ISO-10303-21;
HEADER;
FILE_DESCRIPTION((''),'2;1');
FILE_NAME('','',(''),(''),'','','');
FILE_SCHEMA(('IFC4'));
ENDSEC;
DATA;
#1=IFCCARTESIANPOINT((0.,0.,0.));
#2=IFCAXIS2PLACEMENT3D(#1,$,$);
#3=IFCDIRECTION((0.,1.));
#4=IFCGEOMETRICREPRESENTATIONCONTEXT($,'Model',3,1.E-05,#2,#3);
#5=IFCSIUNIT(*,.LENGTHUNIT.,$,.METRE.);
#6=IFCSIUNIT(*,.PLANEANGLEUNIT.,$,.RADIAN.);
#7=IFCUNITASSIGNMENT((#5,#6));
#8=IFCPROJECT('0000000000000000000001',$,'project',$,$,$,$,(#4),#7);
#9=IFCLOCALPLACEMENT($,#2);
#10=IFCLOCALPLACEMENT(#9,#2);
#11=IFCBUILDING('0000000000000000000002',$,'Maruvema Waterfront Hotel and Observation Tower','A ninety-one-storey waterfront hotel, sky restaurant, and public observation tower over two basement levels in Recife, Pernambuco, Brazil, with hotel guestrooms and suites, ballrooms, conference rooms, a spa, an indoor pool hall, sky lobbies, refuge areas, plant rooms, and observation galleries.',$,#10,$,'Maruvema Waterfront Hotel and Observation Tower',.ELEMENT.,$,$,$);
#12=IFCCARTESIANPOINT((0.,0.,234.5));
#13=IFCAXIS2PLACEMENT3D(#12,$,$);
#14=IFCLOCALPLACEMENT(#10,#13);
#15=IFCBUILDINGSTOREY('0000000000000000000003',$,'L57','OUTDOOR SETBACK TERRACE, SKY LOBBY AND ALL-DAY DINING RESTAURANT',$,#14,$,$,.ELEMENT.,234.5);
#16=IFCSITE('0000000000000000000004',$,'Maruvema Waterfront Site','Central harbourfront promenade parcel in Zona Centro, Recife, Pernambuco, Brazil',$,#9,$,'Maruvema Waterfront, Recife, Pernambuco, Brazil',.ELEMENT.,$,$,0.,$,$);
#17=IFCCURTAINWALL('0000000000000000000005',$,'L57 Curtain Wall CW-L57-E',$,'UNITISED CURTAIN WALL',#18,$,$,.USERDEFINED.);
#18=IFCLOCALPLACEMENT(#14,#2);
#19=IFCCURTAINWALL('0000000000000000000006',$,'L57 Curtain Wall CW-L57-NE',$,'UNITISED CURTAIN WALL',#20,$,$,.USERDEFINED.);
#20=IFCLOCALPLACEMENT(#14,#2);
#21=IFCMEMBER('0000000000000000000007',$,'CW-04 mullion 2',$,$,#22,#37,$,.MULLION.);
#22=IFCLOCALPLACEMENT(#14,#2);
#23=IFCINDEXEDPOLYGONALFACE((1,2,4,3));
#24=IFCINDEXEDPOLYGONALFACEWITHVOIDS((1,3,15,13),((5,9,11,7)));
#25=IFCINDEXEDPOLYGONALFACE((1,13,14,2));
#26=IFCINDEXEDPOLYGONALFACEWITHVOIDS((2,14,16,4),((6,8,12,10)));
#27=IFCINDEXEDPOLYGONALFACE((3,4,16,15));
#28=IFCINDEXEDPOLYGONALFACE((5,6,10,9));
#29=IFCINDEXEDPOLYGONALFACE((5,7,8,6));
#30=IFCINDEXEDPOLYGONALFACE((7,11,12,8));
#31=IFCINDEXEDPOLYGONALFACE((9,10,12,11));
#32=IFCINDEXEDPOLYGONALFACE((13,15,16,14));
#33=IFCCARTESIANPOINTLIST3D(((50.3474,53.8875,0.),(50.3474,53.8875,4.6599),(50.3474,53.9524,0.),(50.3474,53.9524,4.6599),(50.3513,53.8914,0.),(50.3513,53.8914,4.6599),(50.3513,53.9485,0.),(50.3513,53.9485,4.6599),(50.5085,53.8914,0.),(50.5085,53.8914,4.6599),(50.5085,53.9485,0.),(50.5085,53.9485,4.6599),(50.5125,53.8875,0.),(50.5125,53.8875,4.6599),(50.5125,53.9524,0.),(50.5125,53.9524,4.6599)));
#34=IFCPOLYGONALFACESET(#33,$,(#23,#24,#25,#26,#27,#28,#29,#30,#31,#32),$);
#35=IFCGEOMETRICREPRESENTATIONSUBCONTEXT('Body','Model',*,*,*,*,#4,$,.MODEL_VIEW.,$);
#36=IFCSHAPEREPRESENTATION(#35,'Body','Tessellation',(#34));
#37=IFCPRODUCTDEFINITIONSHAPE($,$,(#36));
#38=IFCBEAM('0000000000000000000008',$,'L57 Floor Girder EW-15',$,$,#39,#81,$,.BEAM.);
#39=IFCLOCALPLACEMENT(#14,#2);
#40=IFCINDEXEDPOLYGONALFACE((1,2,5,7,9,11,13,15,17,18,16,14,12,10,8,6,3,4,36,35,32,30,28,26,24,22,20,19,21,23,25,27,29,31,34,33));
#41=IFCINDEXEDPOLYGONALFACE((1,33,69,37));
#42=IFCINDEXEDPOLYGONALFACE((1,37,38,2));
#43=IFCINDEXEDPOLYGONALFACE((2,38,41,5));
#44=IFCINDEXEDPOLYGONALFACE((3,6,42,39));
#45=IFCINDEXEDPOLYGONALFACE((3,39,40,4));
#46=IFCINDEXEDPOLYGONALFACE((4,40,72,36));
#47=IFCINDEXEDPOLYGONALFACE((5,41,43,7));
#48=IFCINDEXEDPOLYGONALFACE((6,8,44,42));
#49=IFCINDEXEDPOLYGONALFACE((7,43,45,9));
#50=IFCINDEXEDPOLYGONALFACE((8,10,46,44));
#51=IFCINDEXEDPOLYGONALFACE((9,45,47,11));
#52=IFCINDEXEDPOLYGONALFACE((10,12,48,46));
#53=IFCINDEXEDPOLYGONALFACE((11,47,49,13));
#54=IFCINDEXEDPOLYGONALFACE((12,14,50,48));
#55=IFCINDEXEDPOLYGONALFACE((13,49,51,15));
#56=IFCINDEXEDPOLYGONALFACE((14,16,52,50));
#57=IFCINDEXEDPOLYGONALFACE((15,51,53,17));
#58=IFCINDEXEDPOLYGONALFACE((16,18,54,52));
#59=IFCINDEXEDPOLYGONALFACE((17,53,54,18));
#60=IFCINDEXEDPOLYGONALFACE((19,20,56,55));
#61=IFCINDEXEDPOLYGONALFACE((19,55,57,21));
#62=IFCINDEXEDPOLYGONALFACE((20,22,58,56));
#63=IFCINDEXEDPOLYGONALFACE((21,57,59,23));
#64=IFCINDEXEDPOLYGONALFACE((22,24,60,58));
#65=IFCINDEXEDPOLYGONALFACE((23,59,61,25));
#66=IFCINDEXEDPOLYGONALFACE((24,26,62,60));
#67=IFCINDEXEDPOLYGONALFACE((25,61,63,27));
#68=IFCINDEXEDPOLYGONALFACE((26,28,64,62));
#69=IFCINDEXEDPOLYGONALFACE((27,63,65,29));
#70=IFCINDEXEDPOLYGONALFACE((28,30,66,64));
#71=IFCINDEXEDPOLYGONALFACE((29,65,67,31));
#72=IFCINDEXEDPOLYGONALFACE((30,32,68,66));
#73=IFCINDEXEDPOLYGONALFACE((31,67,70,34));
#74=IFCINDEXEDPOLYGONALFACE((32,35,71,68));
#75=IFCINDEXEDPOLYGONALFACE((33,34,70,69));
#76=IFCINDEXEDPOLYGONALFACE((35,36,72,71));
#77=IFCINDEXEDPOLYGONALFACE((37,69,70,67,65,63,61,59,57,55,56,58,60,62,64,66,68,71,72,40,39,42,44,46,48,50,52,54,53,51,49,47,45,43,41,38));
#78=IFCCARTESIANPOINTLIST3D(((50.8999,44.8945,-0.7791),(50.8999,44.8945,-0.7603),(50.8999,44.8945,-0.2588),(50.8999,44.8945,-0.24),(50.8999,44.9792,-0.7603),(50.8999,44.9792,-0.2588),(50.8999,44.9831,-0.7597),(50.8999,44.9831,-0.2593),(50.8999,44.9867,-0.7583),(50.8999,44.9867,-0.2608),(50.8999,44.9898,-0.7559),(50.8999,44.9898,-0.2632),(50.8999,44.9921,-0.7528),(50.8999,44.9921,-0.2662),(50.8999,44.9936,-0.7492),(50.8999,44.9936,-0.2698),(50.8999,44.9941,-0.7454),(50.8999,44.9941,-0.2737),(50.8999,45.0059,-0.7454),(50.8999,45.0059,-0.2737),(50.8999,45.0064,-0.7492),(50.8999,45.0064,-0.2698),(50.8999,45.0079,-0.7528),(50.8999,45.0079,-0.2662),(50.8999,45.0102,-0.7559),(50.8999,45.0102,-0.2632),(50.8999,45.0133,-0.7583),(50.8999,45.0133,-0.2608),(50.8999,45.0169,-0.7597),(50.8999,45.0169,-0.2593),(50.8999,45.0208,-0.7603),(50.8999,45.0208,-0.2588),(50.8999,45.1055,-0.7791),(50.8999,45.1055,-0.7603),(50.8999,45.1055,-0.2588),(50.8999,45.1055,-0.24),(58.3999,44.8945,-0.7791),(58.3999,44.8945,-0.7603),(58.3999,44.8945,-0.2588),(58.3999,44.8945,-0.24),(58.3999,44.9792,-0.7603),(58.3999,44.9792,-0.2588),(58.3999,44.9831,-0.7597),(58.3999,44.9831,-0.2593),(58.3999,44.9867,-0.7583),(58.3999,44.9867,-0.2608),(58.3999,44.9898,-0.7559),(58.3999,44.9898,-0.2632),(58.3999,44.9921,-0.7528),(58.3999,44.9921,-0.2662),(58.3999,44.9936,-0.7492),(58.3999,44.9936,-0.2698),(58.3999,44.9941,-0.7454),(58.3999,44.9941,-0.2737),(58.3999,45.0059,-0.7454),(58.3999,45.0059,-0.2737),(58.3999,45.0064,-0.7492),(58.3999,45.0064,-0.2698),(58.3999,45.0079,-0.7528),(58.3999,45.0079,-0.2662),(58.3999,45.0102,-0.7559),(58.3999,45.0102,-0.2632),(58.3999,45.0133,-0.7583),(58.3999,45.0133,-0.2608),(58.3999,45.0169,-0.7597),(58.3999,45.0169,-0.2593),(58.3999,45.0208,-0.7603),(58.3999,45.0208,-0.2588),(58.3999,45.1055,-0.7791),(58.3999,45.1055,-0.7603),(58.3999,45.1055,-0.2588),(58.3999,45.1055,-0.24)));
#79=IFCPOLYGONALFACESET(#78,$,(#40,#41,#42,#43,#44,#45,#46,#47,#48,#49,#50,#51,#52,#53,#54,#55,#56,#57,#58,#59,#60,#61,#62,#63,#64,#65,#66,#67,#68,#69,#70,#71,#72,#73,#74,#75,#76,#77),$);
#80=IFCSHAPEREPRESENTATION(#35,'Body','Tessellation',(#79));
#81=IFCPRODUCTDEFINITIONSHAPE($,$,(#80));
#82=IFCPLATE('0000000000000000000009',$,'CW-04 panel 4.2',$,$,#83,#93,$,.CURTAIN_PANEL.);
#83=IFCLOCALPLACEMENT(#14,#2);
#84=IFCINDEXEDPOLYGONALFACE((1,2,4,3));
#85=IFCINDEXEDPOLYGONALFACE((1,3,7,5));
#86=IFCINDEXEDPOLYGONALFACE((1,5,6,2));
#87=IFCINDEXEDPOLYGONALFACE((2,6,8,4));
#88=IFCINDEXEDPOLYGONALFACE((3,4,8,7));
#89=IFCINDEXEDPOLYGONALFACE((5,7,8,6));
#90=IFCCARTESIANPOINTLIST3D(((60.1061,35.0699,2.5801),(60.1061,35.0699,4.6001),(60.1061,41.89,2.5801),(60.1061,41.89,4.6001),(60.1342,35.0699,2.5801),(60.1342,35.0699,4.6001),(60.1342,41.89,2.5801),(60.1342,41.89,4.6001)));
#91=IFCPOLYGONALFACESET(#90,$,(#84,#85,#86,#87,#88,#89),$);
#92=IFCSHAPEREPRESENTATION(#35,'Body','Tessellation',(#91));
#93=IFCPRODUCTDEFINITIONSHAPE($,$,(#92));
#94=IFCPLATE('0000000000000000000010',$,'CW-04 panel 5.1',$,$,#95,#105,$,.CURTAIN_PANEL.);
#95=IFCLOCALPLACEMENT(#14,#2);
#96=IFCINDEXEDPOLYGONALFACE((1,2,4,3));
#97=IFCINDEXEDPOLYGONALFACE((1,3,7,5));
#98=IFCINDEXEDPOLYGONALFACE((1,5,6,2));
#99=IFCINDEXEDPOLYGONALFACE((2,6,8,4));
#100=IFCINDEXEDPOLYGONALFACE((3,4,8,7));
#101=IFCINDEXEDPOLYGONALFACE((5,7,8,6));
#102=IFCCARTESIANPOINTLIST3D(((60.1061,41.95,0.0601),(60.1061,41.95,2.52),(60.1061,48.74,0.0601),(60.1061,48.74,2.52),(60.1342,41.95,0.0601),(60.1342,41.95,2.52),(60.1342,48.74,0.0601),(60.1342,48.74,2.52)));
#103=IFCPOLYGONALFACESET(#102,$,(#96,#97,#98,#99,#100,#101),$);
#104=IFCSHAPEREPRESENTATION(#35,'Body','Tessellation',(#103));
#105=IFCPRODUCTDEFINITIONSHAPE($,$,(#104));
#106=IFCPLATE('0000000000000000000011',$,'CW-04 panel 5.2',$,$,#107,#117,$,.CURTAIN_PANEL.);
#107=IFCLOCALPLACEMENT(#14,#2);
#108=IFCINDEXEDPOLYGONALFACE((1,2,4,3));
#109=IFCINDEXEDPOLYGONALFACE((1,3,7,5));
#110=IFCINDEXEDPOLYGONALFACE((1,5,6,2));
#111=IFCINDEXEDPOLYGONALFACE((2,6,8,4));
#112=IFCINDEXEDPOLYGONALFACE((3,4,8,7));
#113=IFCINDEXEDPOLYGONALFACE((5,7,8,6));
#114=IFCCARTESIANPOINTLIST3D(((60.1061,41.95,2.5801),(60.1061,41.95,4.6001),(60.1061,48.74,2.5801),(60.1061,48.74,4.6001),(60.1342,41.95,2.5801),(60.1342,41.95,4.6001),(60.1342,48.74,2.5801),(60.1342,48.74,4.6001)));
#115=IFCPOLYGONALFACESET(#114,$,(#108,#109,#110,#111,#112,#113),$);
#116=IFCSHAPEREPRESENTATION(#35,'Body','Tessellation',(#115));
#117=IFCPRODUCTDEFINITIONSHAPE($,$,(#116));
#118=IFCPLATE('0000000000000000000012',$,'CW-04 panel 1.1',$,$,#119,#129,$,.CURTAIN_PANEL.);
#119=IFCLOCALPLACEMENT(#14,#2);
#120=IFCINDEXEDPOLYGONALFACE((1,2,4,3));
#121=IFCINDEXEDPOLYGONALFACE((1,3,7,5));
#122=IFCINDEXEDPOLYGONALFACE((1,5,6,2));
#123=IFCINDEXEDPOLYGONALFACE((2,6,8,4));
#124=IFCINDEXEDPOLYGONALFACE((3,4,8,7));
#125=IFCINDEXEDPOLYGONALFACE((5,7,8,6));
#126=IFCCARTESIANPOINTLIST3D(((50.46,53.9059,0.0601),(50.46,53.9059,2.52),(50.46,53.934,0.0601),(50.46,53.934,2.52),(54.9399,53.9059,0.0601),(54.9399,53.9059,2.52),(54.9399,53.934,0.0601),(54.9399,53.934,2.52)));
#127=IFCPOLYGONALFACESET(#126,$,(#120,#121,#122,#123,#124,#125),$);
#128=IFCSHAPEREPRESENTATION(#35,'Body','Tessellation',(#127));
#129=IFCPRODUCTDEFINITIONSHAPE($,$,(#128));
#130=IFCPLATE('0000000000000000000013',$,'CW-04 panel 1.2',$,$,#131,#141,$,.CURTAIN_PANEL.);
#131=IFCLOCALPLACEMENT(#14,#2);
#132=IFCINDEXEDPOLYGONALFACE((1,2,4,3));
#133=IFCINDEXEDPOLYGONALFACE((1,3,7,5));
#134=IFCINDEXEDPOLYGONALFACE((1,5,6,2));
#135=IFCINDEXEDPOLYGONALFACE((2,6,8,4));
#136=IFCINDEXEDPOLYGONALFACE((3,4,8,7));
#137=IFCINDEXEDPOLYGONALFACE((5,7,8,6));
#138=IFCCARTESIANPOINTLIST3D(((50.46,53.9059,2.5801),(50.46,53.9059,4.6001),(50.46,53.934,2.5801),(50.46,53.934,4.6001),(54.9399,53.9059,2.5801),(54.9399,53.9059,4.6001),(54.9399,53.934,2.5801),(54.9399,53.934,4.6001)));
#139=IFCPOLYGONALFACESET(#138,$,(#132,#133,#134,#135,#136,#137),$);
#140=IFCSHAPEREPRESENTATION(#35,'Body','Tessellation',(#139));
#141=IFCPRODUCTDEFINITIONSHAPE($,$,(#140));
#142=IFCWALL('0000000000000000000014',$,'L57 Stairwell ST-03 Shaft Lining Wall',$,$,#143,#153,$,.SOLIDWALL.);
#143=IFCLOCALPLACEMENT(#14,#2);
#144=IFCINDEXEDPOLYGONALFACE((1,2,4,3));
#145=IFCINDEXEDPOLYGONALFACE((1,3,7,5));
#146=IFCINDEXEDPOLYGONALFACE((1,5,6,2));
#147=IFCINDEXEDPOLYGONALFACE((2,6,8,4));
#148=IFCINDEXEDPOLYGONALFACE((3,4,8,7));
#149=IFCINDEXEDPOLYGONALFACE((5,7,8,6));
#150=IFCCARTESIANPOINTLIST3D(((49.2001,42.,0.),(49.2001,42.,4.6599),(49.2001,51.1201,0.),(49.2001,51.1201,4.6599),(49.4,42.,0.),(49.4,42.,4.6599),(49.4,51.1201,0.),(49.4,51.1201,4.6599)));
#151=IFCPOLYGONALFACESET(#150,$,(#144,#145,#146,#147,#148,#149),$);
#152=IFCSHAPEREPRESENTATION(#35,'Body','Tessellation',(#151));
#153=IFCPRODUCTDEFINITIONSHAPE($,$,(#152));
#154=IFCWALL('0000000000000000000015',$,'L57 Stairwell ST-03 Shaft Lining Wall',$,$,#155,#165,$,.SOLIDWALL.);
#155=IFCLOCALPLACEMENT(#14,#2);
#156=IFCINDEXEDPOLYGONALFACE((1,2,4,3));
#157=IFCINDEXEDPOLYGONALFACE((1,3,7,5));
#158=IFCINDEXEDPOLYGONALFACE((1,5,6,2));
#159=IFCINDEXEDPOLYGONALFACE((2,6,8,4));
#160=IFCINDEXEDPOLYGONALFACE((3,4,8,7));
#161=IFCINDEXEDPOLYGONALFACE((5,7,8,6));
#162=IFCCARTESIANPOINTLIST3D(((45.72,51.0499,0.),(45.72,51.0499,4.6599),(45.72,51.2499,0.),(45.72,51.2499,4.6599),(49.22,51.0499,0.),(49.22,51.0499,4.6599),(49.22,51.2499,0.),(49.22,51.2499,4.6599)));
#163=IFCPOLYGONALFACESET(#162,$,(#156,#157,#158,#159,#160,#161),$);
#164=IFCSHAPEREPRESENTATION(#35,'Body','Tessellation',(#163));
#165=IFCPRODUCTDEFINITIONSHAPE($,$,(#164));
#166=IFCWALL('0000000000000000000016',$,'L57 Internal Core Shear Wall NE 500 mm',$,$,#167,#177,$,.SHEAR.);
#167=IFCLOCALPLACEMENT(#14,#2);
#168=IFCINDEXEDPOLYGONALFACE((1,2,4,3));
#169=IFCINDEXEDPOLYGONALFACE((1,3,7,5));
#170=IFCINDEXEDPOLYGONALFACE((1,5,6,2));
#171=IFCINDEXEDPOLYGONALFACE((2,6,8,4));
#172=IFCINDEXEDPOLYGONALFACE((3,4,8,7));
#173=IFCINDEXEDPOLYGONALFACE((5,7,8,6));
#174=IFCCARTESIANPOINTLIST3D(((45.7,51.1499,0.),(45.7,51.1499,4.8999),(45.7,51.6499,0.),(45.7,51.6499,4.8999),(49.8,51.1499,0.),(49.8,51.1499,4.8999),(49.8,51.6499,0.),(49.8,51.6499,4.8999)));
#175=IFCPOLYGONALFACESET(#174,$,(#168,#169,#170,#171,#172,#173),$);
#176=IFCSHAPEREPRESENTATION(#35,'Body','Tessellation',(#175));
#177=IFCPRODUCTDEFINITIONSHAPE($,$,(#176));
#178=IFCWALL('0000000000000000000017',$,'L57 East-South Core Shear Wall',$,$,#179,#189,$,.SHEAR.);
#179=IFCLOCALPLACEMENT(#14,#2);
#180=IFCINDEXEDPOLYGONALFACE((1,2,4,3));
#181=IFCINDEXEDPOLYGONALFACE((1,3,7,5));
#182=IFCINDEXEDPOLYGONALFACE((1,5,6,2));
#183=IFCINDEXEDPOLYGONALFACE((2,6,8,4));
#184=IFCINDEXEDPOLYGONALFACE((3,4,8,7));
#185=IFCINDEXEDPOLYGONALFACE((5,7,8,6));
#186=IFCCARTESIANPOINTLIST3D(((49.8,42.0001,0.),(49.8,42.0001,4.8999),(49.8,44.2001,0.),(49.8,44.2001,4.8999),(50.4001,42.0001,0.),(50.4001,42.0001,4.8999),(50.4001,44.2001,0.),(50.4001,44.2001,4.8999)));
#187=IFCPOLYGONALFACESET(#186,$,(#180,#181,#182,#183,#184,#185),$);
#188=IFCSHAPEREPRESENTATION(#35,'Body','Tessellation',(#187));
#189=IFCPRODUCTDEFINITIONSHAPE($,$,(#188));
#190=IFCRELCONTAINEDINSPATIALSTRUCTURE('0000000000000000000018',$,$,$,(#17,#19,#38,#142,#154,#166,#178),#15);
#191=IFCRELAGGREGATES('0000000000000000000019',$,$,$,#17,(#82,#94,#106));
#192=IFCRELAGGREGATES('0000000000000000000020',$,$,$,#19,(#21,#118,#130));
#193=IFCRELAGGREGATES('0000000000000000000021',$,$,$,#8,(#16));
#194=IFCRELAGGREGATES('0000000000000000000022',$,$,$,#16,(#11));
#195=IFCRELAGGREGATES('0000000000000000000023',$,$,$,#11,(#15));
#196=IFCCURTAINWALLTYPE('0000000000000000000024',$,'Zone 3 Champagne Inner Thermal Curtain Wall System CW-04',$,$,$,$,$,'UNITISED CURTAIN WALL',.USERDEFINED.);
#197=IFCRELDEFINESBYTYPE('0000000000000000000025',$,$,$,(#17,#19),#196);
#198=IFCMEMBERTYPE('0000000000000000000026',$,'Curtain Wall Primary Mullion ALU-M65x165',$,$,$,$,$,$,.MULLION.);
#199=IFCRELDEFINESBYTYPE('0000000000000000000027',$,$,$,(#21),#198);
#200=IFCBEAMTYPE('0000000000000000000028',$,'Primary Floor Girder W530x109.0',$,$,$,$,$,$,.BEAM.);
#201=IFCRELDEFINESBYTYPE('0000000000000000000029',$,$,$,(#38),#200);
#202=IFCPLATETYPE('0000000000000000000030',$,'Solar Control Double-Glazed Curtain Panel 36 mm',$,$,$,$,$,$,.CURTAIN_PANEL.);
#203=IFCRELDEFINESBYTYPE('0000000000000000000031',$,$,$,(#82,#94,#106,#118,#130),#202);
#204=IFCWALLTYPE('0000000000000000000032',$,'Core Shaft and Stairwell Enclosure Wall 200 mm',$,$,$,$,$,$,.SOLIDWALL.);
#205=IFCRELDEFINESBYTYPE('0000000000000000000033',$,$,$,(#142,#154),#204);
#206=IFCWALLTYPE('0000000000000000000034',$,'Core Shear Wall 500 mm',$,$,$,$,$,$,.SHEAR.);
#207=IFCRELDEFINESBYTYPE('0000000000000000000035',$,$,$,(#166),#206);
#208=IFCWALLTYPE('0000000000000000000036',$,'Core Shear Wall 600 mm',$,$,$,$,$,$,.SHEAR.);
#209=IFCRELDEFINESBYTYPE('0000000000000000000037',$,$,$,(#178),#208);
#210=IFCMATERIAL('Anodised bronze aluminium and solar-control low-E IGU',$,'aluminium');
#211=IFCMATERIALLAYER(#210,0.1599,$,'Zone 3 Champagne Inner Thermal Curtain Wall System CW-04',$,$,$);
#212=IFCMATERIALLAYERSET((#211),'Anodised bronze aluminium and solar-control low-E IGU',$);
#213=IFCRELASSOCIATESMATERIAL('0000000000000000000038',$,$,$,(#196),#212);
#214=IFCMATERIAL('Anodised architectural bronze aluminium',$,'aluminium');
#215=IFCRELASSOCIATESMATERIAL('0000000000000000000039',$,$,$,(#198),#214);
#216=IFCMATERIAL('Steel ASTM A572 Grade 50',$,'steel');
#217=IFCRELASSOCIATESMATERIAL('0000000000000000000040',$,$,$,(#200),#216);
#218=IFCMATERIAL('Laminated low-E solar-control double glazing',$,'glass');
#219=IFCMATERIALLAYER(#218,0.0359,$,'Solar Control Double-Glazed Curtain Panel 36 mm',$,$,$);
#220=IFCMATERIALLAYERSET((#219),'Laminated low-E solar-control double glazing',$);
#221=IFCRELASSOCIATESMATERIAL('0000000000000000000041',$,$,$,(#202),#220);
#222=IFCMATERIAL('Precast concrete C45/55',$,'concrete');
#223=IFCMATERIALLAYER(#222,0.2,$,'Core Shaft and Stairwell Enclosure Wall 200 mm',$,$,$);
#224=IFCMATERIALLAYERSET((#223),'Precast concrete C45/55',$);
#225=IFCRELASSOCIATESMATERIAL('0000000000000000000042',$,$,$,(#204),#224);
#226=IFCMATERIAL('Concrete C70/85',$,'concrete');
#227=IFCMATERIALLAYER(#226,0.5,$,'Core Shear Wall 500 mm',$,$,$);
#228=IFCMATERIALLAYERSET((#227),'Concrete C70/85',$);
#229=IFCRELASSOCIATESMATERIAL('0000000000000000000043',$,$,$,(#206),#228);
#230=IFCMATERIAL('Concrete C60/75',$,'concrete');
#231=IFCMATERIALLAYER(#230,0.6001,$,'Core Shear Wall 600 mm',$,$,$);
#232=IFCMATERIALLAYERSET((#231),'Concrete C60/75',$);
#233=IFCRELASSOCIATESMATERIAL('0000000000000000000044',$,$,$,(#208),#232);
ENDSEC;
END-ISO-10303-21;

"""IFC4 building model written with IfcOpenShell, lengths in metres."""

from ifc_helpers import new_model, si_unit, direction, frame, frame_2d, origin, origin_2d, place, context, subcontext, project, spatial, rectangle, hollow_rectangle, i_section, extrude, material, layer, layer_set, material_profile, profile_set, type_object, element, aggregate, save


model = new_model("IFC4")

# Units and contexts
model_context = context("Model", 3, precision=1e-05, world=origin(), true_north=direction((0.0, 1.0)))
body_context = subcontext(model_context, "Body", "Model", "MODEL_VIEW")
ifc_project = project(units=[si_unit("LENGTHUNIT", "METRE"), si_unit("PLANEANGLEUNIT", "RADIAN")], contexts=[model_context])

# Site, building, storey
site_placement = place(None, origin())
site = spatial("IfcSite", under=ifc_project, at=site_placement, Name="Maruvema Waterfront Site", Description="Central harbourfront promenade parcel in Zona Centro, Recife, Pernambuco, Brazil", LongName="Maruvema Waterfront, Recife, Pernambuco, Brazil", CompositionType="ELEMENT", RefElevation=0.0)
building_placement = place(site_placement, origin())
building = spatial("IfcBuilding", under=site, at=building_placement, Name="Maruvema Waterfront Hotel and Observation Tower", Description="A ninety-one-storey waterfront hotel, sky restaurant, and public observation tower over two basement levels in Recife, Pernambuco, Brazil, with hotel guestrooms and suites, ballrooms, conference rooms, a spa, an indoor pool hall, sky lobbies, refuge areas, plant rooms, and observation galleries.", LongName="Maruvema Waterfront Hotel and Observation Tower", CompositionType="ELEMENT")
storey_placement = place(building_placement, frame((0.0, 0.0, 234.5)))
storey = spatial("IfcBuildingStorey", under=building, at=storey_placement, Name="L57", Description="OUTDOOR SETBACK TERRACE, SKY LOBBY AND ALL-DAY DINING RESTAURANT", CompositionType="ELEMENT", Elevation=234.5)

# Curtain walls
ifc_material_1 = material(Name="Anodised bronze aluminium and solar-control low-E IGU", Category="aluminium")
ifc_layer_1 = layer(ifc_material_1, 0.1599, Name="Zone 3 Champagne Inner Thermal Curtain Wall System CW-04")
ifc_layer_set_1 = layer_set([ifc_layer_1], Name="Anodised bronze aluminium and solar-control low-E IGU")
curtain_wall_type = type_object("IfcCurtainWallType", Name="Zone 3 Champagne Inner Thermal Curtain Wall System CW-04", ElementType="UNITISED CURTAIN WALL", PredefinedType="USERDEFINED", material=ifc_layer_set_1)
curtain_wall_1_placement = place(storey_placement, origin())
curtain_wall_1 = element("IfcCurtainWall", 1, at=curtain_wall_1_placement, inside=storey, type_object=curtain_wall_type, Name="L57 Curtain Wall CW-L57-E", ObjectType="UNITISED CURTAIN WALL", PredefinedType="USERDEFINED")
curtain_wall_2_placement = place(storey_placement, origin())
curtain_wall_2 = element("IfcCurtainWall", 2, at=curtain_wall_2_placement, inside=storey, type_object=curtain_wall_type, Name="L57 Curtain Wall CW-L57-NE", ObjectType="UNITISED CURTAIN WALL", PredefinedType="USERDEFINED")

# Member
ifc_material_2 = material(Name="Anodised architectural bronze aluminium", Category="aluminium")
ifc_material_profile_1 = material_profile(ifc_material_2, hollow_rectangle(XDim=0.0649, YDim=0.165, WallThickness=0.0039, at=origin_2d()), Name="ALU-M65x165")
ifc_profile_set_1 = profile_set([ifc_material_profile_1], Name="Anodised architectural bronze aluminium")
member_type_1 = type_object("IfcMemberType", Name="Curtain Wall Primary Mullion ALU-M65x165", PredefinedType="MULLION", material=ifc_profile_set_1)
member_1_placement = place(storey_placement, frame((50.4299, 53.9199, 0.0), z_axis=(0.0, 0.0, 1.0), x_axis=(0.0, -1.0, 0.0)))
member_1 = element("IfcMember", 3, at=member_1_placement, type_object=member_type_1, Name="CW-04 mullion 2", PredefinedType="MULLION", context=body_context, shape_type="SweptSolid", body=[
    extrude(hollow_rectangle(XDim=0.0649, YDim=0.165, WallThickness=0.0039, at=origin_2d()), origin(), (0.0, 0.0, 1.0), 4.6599),
])

# Beam
ifc_material_3 = material(Name="Steel ASTM A572 Grade 50", Category="steel")
ifc_material_profile_2 = material_profile(ifc_material_3, i_section(OverallWidth=0.2109, OverallDepth=0.5391, WebThickness=0.0117, FlangeThickness=0.0188, FilletRadius=0.0149, at=origin_2d()), Name="W530x109.0")
ifc_profile_set_2 = profile_set([ifc_material_profile_2], Name="Steel ASTM A572 Grade 50")
beam_type = type_object("IfcBeamType", Name="Primary Floor Girder W530x109.0", PredefinedType="BEAM", material=ifc_profile_set_2)
beam_placement = place(storey_placement, frame((50.8999, 45.0, -0.5095), z_axis=(1.0, 0.0, 0.0), x_axis=(0.0, 1.0, 0.0)))
element("IfcBeam", 4, at=beam_placement, inside=storey, type_object=beam_type, Name="L57 Floor Girder EW-15", PredefinedType="BEAM", context=body_context, shape_type="SweptSolid", body=[
    extrude(i_section(OverallWidth=0.2109, OverallDepth=0.5391, WebThickness=0.0117, FlangeThickness=0.0188, FilletRadius=0.0149, at=origin_2d()), origin(), (0.0, 0.0, 1.0), 7.5),
])

# Plates
ifc_material_4 = material(Name="Laminated low-E solar-control double glazing", Category="glass")
ifc_layer_2 = layer(ifc_material_4, 0.0359, Name="Solar Control Double-Glazed Curtain Panel 36 mm")
ifc_layer_set_2 = layer_set([ifc_layer_2], Name="Laminated low-E solar-control double glazing")
plate_type = type_object("IfcPlateType", Name="Solar Control Double-Glazed Curtain Panel 36 mm", PredefinedType="CURTAIN_PANEL", material=ifc_layer_set_2)
plate_1_placement = place(storey_placement, frame((60.1201, 38.48, 2.5801), z_axis=(0.0, 0.0, 1.0), x_axis=(0.0, 1.0, 0.0)))
plate_1 = element("IfcPlate", 5, at=plate_1_placement, type_object=plate_type, Name="CW-04 panel 4.2", PredefinedType="CURTAIN_PANEL", context=body_context, shape_type="SweptSolid", body=[
    extrude(rectangle(XDim=6.8201, YDim=0.0281, at=origin_2d()), origin(), (0.0, 0.0, 1.0), 2.02),
])
plate_2_placement = place(storey_placement, frame((60.1201, 45.345, 0.0601), z_axis=(0.0, 0.0, 1.0), x_axis=(0.0, 1.0, 0.0)))
plate_2 = element("IfcPlate", 6, at=plate_2_placement, type_object=plate_type, Name="CW-04 panel 5.1", PredefinedType="CURTAIN_PANEL", context=body_context, shape_type="SweptSolid", body=[
    extrude(rectangle(XDim=6.79, YDim=0.0281, at=origin_2d()), origin(), (0.0, 0.0, 1.0), 2.46),
])
plate_3_placement = place(storey_placement, frame((60.1201, 45.345, 2.5801), z_axis=(0.0, 0.0, 1.0), x_axis=(0.0, 1.0, 0.0)))
plate_3 = element("IfcPlate", 7, at=plate_3_placement, type_object=plate_type, Name="CW-04 panel 5.2", PredefinedType="CURTAIN_PANEL", context=body_context, shape_type="SweptSolid", body=[
    extrude(rectangle(XDim=6.79, YDim=0.0281, at=origin_2d()), origin(), (0.0, 0.0, 1.0), 2.02),
])
aggregate(curtain_wall_1, [plate_1, plate_2, plate_3])
plate_4_placement = place(storey_placement, frame((52.7, 53.9199, 0.0601), z_axis=(0.0, 0.0, 1.0), x_axis=(-1.0, 0.0, 0.0)))
plate_4 = element("IfcPlate", 8, at=plate_4_placement, type_object=plate_type, Name="CW-04 panel 1.1", PredefinedType="CURTAIN_PANEL", context=body_context, shape_type="SweptSolid", body=[
    extrude(rectangle(XDim=4.48, YDim=0.0281, at=origin_2d()), origin(), (0.0, 0.0, 1.0), 2.46),
])
plate_5_placement = place(storey_placement, frame((52.7, 53.9199, 2.5801), z_axis=(0.0, 0.0, 1.0), x_axis=(-1.0, 0.0, 0.0)))
plate_5 = element("IfcPlate", 9, at=plate_5_placement, type_object=plate_type, Name="CW-04 panel 1.2", PredefinedType="CURTAIN_PANEL", context=body_context, shape_type="SweptSolid", body=[
    extrude(rectangle(XDim=4.48, YDim=0.0281, at=origin_2d()), origin(), (0.0, 0.0, 1.0), 2.02),
])
aggregate(curtain_wall_2, [member_1, plate_4, plate_5])

# Walls
ifc_material_5 = material(Name="Precast concrete C45/55", Category="concrete")
ifc_layer_3 = layer(ifc_material_5, 0.2, Name="Core Shaft and Stairwell Enclosure Wall 200 mm")
ifc_layer_set_3 = layer_set([ifc_layer_3], Name="Precast concrete C45/55")
wall_type_1 = type_object("IfcWallType", Name="Core Shaft and Stairwell Enclosure Wall 200 mm", PredefinedType="SOLIDWALL", material=ifc_layer_set_3)
wall_1_placement = place(storey_placement, frame((49.3, 42.0, 0.0), z_axis=(0.0, 0.0, 1.0), x_axis=(0.0, 1.0, 0.0)))
element("IfcWall", 10, at=wall_1_placement, inside=storey, type_object=wall_type_1, Name="L57 Stairwell ST-03 Shaft Lining Wall", PredefinedType="SOLIDWALL", context=body_context, shape_type="SweptSolid", body=[
    extrude(rectangle(XDim=9.1201, YDim=0.2, at=frame_2d((4.5601, 0.0))), origin(), (0.0, 0.0, 1.0), 4.6599),
])
wall_2_placement = place(storey_placement, frame((45.72, 51.1499, 0.0), z_axis=(0.0, 0.0, 1.0), x_axis=(1.0, 0.0, 0.0)))
element("IfcWall", 11, at=wall_2_placement, inside=storey, type_object=wall_type_1, Name="L57 Stairwell ST-03 Shaft Lining Wall", PredefinedType="SOLIDWALL", context=body_context, shape_type="SweptSolid", body=[
    extrude(rectangle(XDim=3.5, YDim=0.2, at=frame_2d((1.75, 0.0))), origin(), (0.0, 0.0, 1.0), 4.6599),
])
ifc_material_6 = material(Name="Concrete C70/85", Category="concrete")
ifc_layer_4 = layer(ifc_material_6, 0.5, Name="Core Shear Wall 500 mm")
ifc_layer_set_4 = layer_set([ifc_layer_4], Name="Concrete C70/85")
wall_type_2 = type_object("IfcWallType", Name="Core Shear Wall 500 mm", PredefinedType="SHEAR", material=ifc_layer_set_4)
wall_3_placement = place(storey_placement, frame((45.7, 51.3999, 0.0), z_axis=(0.0, 0.0, 1.0), x_axis=(1.0, 0.0, 0.0)))
element("IfcWall", 12, at=wall_3_placement, inside=storey, type_object=wall_type_2, Name="L57 Internal Core Shear Wall NE 500 mm", PredefinedType="SHEAR", context=body_context, shape_type="SweptSolid", body=[
    extrude(rectangle(XDim=4.1001, YDim=0.5, at=frame_2d((2.05, 0.0))), origin(), (0.0, 0.0, 1.0), 4.8999),
])
ifc_material_7 = material(Name="Concrete C60/75", Category="concrete")
ifc_layer_5 = layer(ifc_material_7, 0.6001, Name="Core Shear Wall 600 mm")
ifc_layer_set_5 = layer_set([ifc_layer_5], Name="Concrete C60/75")
wall_type_3 = type_object("IfcWallType", Name="Core Shear Wall 600 mm", PredefinedType="SHEAR", material=ifc_layer_set_5)
wall_4_placement = place(storey_placement, frame((50.1001, 42.0, 0.0), z_axis=(0.0, 0.0, 1.0), x_axis=(0.0, 1.0, 0.0)))
element("IfcWall", 13, at=wall_4_placement, inside=storey, type_object=wall_type_3, Name="L57 East-South Core Shear Wall", PredefinedType="SHEAR", context=body_context, shape_type="SweptSolid", body=[
    extrude(rectangle(XDim=2.2, YDim=0.6001, at=frame_2d((1.1001, 0.0))), origin(), (0.0, 0.0, 1.0), 4.8999),
])

save(model, "model.ifc")
